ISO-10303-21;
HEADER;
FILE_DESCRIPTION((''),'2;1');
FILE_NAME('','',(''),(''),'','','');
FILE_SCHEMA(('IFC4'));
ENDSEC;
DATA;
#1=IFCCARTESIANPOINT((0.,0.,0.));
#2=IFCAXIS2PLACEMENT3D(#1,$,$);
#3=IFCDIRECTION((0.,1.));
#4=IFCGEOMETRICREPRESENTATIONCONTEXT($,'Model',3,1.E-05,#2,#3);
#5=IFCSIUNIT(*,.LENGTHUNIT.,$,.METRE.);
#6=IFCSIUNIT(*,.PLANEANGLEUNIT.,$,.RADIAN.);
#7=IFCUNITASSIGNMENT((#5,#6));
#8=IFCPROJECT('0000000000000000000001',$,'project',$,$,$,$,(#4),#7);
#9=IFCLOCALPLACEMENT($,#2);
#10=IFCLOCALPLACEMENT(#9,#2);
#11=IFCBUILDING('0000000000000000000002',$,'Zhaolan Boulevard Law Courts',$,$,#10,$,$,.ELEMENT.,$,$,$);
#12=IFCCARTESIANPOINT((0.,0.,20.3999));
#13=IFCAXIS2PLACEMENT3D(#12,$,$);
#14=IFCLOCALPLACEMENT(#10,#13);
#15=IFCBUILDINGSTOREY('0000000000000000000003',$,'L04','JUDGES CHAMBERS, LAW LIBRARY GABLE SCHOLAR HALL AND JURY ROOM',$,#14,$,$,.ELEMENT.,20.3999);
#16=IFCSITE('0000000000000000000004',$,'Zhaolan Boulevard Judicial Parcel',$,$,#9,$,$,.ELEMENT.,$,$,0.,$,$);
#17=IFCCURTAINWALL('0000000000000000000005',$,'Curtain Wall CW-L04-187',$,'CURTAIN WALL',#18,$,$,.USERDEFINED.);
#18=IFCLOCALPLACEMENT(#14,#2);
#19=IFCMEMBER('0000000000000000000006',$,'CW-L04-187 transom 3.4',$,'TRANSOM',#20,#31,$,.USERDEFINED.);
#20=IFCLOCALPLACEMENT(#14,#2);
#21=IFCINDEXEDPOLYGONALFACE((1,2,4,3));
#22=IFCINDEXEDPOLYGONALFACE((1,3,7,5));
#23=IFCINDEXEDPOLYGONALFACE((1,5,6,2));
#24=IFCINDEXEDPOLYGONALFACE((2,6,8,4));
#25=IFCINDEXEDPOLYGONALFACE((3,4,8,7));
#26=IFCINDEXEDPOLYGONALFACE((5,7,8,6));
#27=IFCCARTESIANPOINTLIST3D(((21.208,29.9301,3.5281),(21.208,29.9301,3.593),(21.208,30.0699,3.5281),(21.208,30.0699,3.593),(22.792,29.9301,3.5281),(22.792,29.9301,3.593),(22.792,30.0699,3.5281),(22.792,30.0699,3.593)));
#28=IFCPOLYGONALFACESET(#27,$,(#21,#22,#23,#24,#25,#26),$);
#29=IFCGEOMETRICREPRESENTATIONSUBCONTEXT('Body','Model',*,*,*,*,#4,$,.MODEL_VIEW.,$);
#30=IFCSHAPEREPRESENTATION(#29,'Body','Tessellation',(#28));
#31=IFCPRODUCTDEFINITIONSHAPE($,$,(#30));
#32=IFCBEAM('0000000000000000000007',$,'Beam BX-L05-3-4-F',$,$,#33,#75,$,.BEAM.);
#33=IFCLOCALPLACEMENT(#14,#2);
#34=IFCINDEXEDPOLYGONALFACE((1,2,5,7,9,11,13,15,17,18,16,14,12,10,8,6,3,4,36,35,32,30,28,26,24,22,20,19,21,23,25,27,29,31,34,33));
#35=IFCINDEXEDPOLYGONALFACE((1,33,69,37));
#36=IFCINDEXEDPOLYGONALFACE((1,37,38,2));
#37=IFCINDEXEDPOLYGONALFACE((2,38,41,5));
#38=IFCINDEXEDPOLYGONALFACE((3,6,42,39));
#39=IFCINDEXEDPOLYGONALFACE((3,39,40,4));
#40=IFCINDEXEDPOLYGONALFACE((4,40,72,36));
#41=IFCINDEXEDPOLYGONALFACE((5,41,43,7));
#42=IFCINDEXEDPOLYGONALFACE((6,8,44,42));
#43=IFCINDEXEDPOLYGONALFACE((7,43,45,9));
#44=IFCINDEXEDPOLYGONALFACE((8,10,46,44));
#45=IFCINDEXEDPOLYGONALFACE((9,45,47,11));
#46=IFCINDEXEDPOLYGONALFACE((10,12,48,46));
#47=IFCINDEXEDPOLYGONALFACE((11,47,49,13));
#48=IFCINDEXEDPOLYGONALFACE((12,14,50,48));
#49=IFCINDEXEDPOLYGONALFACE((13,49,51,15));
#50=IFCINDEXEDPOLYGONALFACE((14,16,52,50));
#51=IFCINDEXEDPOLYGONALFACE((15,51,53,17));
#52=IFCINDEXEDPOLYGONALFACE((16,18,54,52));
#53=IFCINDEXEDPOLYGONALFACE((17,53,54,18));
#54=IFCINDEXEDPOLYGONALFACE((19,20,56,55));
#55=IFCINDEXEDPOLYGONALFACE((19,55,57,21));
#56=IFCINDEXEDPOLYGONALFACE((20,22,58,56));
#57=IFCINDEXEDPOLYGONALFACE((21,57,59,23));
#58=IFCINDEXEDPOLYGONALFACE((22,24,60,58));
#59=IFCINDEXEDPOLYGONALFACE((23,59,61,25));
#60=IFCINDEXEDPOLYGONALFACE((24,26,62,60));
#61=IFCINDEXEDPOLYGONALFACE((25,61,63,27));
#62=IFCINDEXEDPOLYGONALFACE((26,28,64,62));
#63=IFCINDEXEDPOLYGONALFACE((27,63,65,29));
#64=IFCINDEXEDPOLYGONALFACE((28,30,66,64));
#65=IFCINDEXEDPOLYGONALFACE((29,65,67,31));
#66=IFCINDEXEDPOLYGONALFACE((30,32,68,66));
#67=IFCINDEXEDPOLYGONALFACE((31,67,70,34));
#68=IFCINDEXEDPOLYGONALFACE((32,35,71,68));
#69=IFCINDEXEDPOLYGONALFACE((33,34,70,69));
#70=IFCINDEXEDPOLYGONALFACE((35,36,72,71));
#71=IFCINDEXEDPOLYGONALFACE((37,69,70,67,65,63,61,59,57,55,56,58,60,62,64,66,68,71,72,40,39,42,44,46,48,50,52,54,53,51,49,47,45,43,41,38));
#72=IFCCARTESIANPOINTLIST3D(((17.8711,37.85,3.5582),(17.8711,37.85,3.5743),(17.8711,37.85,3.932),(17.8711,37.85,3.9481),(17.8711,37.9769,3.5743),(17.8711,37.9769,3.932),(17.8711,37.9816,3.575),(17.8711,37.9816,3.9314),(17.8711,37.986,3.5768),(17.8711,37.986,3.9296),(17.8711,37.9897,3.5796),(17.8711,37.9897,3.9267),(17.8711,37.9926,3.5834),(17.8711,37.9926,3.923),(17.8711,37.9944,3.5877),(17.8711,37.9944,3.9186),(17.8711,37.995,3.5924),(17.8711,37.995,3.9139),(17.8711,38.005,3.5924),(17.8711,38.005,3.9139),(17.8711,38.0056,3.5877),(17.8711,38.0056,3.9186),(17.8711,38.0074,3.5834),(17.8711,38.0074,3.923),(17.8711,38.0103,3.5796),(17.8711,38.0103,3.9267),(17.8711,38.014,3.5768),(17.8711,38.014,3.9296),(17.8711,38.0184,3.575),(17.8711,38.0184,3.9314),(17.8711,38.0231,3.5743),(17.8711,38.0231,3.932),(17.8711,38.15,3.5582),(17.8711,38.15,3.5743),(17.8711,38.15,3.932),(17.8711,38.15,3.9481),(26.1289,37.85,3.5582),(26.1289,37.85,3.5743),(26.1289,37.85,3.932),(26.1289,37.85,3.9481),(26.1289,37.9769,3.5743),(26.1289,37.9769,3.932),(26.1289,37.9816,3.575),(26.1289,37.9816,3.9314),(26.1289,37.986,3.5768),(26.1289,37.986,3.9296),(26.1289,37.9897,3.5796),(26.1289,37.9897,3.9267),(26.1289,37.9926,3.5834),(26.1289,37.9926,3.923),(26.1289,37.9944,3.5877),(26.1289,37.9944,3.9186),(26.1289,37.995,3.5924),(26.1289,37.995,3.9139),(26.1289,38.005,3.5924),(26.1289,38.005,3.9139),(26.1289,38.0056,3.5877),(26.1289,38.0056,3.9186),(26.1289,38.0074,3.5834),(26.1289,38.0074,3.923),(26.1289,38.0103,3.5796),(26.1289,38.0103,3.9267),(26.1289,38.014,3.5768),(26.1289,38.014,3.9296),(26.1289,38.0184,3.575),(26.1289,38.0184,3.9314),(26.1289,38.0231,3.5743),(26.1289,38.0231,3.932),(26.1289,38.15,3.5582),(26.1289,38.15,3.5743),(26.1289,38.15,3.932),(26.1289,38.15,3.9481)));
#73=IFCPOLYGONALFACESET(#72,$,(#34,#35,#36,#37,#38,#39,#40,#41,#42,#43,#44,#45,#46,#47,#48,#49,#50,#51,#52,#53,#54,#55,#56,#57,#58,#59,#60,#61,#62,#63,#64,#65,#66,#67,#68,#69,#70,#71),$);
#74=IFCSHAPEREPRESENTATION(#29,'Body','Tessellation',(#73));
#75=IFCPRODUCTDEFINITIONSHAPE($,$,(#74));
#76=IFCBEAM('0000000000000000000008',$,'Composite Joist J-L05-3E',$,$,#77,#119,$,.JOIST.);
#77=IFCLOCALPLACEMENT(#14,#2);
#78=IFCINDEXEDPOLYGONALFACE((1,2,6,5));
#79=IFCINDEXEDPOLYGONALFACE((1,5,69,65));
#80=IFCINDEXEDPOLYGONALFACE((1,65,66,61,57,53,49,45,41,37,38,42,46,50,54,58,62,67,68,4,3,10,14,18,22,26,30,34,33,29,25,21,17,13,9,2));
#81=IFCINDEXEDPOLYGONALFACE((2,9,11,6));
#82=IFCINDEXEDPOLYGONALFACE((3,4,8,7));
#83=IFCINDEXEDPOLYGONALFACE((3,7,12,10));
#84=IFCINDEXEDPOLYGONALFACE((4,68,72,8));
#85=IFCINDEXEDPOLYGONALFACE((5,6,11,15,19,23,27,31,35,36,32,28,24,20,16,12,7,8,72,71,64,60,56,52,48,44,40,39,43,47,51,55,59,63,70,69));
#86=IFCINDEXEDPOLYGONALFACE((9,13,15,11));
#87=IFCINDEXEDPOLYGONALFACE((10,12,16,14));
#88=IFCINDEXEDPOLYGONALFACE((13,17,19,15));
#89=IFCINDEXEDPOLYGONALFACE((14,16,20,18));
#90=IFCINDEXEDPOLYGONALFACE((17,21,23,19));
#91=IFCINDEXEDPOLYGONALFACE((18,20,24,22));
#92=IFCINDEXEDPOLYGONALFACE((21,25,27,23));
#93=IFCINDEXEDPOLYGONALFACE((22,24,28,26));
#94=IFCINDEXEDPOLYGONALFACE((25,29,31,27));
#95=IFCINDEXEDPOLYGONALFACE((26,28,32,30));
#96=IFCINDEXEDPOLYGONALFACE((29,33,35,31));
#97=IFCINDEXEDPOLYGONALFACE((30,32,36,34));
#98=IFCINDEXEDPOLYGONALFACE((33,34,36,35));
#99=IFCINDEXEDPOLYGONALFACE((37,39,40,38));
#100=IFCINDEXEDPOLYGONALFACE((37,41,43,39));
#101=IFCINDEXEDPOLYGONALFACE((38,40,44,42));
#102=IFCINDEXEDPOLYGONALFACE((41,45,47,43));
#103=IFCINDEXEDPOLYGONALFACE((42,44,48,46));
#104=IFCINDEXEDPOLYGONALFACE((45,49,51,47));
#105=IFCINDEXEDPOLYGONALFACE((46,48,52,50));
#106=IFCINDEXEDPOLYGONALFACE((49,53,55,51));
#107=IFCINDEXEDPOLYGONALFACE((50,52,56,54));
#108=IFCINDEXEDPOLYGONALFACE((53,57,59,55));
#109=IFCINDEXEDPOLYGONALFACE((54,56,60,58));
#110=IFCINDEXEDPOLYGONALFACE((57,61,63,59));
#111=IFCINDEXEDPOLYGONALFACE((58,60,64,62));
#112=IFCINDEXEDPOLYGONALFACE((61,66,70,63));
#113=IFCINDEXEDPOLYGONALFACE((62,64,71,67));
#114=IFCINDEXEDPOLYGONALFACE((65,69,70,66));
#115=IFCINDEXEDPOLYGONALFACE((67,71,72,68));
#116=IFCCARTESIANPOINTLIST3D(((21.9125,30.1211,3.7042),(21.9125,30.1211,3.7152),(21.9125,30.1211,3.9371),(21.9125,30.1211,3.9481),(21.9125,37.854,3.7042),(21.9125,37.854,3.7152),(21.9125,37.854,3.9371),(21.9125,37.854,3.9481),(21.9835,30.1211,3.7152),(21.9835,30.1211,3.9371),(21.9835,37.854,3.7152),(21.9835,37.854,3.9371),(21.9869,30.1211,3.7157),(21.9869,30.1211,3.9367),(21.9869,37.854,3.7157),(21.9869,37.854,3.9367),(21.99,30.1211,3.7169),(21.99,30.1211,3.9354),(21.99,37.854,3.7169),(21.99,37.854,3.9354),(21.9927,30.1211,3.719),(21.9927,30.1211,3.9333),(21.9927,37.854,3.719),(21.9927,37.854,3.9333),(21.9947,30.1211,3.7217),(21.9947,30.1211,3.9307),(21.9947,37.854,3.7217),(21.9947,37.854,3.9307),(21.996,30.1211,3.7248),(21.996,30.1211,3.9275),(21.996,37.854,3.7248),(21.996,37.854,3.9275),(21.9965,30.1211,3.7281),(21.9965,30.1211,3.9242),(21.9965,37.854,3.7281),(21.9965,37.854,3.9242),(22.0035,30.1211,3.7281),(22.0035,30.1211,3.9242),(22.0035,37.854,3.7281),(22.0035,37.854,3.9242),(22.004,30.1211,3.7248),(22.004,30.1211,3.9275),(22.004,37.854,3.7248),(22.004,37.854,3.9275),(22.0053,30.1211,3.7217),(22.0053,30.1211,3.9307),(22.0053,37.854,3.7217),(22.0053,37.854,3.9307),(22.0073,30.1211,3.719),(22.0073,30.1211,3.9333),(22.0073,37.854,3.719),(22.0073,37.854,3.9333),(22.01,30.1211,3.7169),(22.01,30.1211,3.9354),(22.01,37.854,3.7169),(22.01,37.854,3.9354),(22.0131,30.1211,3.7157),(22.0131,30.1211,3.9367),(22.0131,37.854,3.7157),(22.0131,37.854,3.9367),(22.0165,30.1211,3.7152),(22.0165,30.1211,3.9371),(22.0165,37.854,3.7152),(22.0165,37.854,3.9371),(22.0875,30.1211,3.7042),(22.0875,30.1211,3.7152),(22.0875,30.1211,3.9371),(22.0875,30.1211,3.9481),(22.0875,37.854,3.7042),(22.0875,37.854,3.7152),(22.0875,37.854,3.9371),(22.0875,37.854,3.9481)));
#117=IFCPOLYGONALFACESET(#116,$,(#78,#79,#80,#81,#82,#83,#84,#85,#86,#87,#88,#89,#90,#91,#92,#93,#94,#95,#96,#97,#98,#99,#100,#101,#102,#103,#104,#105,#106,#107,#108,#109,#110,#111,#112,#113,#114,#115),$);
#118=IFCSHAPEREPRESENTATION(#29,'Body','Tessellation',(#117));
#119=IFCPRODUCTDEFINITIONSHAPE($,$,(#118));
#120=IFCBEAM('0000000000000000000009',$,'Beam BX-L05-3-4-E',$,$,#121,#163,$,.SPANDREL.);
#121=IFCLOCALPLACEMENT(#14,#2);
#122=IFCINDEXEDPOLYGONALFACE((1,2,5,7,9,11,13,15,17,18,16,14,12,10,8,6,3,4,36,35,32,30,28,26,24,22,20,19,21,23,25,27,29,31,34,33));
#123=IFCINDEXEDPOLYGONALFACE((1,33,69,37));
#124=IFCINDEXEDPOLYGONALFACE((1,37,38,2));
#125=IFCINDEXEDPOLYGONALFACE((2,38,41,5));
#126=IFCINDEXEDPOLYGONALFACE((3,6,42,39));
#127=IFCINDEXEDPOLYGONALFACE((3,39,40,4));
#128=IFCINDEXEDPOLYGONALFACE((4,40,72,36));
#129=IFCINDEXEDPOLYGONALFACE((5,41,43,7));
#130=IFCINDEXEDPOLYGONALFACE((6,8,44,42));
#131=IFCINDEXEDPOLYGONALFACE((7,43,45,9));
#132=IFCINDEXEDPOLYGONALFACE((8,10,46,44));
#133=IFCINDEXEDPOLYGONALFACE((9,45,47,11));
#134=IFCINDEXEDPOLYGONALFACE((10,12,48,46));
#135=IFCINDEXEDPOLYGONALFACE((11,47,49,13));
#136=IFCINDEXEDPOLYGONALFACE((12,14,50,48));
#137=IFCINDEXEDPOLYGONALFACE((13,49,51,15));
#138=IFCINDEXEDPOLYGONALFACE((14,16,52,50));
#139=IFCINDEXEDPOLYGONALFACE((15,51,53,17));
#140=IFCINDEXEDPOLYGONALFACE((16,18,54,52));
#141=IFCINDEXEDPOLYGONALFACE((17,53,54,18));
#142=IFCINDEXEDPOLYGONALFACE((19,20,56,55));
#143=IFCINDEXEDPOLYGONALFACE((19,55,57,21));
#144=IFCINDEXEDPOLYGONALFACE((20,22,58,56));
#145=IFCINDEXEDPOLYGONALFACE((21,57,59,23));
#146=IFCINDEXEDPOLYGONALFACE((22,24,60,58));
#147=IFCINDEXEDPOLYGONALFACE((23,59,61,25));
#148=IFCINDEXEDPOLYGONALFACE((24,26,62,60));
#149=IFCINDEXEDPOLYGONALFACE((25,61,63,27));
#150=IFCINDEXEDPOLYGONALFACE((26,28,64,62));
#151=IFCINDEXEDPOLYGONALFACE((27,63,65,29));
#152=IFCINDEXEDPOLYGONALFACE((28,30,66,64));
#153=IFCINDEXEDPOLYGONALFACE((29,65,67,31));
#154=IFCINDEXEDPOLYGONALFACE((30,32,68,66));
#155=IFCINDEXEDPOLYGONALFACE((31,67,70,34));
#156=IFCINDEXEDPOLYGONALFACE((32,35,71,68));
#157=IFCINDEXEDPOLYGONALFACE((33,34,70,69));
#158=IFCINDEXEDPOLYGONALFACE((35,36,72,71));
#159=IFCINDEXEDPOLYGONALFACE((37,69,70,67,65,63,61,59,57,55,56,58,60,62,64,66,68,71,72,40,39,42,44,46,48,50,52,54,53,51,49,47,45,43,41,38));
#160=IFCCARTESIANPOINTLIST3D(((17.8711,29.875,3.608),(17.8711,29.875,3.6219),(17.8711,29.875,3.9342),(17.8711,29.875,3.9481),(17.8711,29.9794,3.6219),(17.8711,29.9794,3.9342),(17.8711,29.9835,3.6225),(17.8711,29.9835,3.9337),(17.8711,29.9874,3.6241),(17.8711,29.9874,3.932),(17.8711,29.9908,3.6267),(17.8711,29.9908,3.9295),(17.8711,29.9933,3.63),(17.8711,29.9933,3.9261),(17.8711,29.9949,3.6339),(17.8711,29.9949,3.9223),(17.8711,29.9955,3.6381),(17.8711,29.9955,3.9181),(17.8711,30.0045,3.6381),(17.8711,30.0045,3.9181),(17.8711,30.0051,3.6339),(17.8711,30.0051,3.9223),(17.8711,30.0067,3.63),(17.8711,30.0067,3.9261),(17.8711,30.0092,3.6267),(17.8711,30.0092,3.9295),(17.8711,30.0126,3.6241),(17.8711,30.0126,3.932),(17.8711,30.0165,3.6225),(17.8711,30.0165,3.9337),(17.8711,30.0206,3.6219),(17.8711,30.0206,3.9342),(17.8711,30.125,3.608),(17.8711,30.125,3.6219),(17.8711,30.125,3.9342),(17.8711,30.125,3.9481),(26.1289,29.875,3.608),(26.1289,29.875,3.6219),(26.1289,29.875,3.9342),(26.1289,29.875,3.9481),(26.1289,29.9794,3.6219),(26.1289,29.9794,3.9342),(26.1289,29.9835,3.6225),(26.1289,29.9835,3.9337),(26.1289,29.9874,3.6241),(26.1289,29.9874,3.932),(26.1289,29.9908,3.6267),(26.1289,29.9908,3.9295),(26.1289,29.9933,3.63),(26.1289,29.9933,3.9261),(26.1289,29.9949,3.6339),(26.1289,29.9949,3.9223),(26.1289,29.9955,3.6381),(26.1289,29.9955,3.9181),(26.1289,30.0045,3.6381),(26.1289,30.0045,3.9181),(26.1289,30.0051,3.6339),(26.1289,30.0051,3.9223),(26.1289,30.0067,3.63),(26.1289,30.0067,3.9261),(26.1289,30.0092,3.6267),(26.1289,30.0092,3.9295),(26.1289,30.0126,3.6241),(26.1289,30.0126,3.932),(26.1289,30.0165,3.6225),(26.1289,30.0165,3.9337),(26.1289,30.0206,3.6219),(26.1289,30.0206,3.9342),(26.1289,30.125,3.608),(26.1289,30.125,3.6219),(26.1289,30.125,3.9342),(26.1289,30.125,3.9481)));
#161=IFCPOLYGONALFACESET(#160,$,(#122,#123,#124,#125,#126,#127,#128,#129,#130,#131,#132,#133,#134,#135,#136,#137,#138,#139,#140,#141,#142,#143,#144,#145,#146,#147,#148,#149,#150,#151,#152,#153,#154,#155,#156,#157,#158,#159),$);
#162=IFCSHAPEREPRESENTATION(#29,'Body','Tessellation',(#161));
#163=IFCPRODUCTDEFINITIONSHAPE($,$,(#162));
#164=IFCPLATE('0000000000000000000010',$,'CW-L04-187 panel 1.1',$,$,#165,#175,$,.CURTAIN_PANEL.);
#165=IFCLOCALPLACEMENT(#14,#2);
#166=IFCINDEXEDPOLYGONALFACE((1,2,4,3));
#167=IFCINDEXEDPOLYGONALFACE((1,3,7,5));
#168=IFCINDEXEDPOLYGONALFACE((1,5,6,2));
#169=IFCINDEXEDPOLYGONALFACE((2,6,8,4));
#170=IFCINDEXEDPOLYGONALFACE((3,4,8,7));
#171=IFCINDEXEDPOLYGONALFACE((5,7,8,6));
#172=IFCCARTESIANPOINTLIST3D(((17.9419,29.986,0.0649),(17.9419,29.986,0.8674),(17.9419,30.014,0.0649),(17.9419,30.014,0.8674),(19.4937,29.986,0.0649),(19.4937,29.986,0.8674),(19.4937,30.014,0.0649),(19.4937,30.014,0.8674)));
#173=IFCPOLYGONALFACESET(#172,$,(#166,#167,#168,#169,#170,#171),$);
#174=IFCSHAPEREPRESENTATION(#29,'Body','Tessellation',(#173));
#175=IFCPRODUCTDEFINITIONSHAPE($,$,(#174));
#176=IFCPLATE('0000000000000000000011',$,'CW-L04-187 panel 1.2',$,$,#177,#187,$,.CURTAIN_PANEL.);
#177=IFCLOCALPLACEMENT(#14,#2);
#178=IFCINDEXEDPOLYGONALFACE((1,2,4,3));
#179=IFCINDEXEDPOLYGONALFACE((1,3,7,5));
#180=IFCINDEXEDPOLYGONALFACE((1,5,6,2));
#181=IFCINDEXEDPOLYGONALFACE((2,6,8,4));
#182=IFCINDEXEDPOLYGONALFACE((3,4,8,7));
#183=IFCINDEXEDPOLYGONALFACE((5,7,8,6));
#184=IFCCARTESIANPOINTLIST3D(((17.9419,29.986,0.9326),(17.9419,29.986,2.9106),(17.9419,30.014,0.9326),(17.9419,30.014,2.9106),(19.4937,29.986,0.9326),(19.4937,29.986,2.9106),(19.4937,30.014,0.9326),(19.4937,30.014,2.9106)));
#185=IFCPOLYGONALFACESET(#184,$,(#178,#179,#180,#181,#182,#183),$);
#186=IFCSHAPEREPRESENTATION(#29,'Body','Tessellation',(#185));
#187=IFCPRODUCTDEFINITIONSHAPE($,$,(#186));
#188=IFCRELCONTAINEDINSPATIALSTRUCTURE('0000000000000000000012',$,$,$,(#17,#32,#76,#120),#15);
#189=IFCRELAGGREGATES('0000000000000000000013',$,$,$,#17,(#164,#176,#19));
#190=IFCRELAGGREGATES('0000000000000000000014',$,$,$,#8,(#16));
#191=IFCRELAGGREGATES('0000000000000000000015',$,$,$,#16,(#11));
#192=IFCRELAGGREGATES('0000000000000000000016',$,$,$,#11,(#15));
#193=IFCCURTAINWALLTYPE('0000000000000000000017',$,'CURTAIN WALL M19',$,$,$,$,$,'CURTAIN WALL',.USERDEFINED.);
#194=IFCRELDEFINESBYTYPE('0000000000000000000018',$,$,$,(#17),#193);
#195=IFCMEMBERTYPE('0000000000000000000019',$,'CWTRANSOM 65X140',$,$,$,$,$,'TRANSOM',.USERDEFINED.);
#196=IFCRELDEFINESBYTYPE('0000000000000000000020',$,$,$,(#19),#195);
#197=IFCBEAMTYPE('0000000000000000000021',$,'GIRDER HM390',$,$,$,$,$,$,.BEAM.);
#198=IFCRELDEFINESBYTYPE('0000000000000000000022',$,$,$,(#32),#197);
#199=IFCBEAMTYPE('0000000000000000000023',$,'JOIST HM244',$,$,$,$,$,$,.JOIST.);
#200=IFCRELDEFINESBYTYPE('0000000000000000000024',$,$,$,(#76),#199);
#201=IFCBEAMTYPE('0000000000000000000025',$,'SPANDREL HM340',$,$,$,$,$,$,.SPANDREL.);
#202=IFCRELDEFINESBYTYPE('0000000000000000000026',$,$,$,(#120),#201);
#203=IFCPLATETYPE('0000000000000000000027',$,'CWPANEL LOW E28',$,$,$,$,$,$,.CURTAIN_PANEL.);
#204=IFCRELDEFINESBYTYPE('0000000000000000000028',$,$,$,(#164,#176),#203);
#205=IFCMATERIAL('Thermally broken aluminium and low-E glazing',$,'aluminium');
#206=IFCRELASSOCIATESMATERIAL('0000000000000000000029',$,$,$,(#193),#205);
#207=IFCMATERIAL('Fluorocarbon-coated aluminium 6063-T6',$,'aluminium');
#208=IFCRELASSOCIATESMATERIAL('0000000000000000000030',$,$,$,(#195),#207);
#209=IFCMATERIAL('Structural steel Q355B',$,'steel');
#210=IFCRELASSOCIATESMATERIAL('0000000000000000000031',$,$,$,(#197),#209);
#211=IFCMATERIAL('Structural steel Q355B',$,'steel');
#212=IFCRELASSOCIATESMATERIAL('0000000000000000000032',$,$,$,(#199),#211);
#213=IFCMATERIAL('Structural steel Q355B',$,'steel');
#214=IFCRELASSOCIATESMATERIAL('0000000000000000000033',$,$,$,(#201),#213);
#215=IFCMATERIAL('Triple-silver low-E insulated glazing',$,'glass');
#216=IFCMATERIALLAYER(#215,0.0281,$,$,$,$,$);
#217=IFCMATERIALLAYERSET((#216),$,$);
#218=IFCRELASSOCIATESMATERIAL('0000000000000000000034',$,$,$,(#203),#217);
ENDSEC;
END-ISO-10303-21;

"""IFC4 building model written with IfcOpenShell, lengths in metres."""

from ifc_helpers import new_model, si_unit, direction, frame, origin, origin_2d, place, context, subcontext, project, spatial, rectangle, i_section, extrude, material, layer, layer_set, material_profile, profile_set, type_object, element, aggregate, save


model = new_model("IFC4")

# Units and contexts
model_context = context("Model", 3, precision=1e-05, world=origin(), true_north=direction((0.0, 1.0)))
body_context = subcontext(model_context, "Body", "Model", "MODEL_VIEW")
ifc_project = project(units=[si_unit("LENGTHUNIT", "METRE"), si_unit("PLANEANGLEUNIT", "RADIAN")], contexts=[model_context])

# Site, building, storey
site_placement = place(None, origin())
site = spatial("IfcSite", under=ifc_project, at=site_placement, Name="Zhaolan Boulevard Judicial Parcel", CompositionType="ELEMENT", RefElevation=0.0)
building_placement = place(site_placement, origin())
building = spatial("IfcBuilding", under=site, at=building_placement, Name="Zhaolan Boulevard Law Courts", CompositionType="ELEMENT")
storey_placement = place(building_placement, frame((0.0, 0.0, 20.3999)))
storey = spatial("IfcBuildingStorey", under=building, at=storey_placement, Name="L04", Description="JUDGES CHAMBERS, LAW LIBRARY GABLE SCHOLAR HALL AND JURY ROOM", CompositionType="ELEMENT", Elevation=20.3999)

# Curtain wall, member
ifc_material_1 = material(Name="Thermally broken aluminium and low-E glazing", Category="aluminium")
curtain_wall_type = type_object("IfcCurtainWallType", Name="CURTAIN WALL M19", ElementType="CURTAIN WALL", PredefinedType="USERDEFINED", material=ifc_material_1)
curtain_wall_placement = place(storey_placement, origin())
curtain_wall = element("IfcCurtainWall", 1, at=curtain_wall_placement, inside=storey, type_object=curtain_wall_type, Name="Curtain Wall CW-L04-187", ObjectType="CURTAIN WALL", PredefinedType="USERDEFINED")
ifc_material_2 = material(Name="Fluorocarbon-coated aluminium 6063-T6", Category="aluminium")
ifc_material_profile_1 = material_profile(ifc_material_2, rectangle(XDim=0.1399, YDim=0.0649, at=origin_2d()), Name="AL65x140")
ifc_profile_set_1 = profile_set([ifc_material_profile_1], Name="Fluorocarbon-coated aluminium 6063-T6")
member_type_1 = type_object("IfcMemberType", Name="CWTRANSOM 65X140", ElementType="TRANSOM", PredefinedType="USERDEFINED", material=ifc_profile_set_1)
member_1_placement = place(storey_placement, frame((21.208, 30.0, 3.5605), z_axis=(1.0, 0.0, 0.0), x_axis=(0.0, 1.0, 0.0)))
member_1 = element("IfcMember", 2, at=member_1_placement, type_object=member_type_1, Name="CW-L04-187 transom 3.4", ObjectType="TRANSOM", PredefinedType="USERDEFINED", context=body_context, shape_type="SweptSolid", body=[
    extrude(rectangle(XDim=0.1399, YDim=0.0649, at=origin_2d()), origin(), (0.0, 0.0, 1.0), 1.584),
])

# Beams
ifc_material_3 = material(Name="Structural steel Q355B", Category="steel")
ifc_material_profile_2 = material_profile(ifc_material_3, i_section(OverallWidth=0.3, OverallDepth=0.3899, WebThickness=0.01, FlangeThickness=0.0161, FilletRadius=0.0181, at=origin_2d()), Name="HM390x300")
ifc_profile_set_2 = profile_set([ifc_material_profile_2], Name="Structural steel Q355B")
beam_type_1 = type_object("IfcBeamType", Name="GIRDER HM390", PredefinedType="BEAM", material=ifc_profile_set_2)
beam_1_placement = place(storey_placement, frame((17.8711, 38.0, 3.7532), z_axis=(1.0, 0.0, 0.0), x_axis=(0.0, 1.0, 0.0)))
element("IfcBeam", 3, at=beam_1_placement, inside=storey, type_object=beam_type_1, Name="Beam BX-L05-3-4-F", PredefinedType="BEAM", context=body_context, shape_type="SweptSolid", body=[
    extrude(i_section(OverallWidth=0.3, OverallDepth=0.3899, WebThickness=0.01, FlangeThickness=0.0161, FilletRadius=0.0181, at=origin_2d()), origin(), (0.0, 0.0, 1.0), 8.2578),
])
ifc_material_4 = material(Name="Structural steel Q355B", Category="steel")
ifc_material_profile_3 = material_profile(ifc_material_4, i_section(OverallWidth=0.175, OverallDepth=0.2439, WebThickness=0.0071, FlangeThickness=0.011, FilletRadius=0.0129, at=origin_2d()), Name="HM244x175")
ifc_profile_set_3 = profile_set([ifc_material_profile_3], Name="Structural steel Q355B")
beam_type_2 = type_object("IfcBeamType", Name="JOIST HM244", PredefinedType="JOIST", material=ifc_profile_set_3)
beam_2_placement = place(storey_placement, frame((22.0, 30.1211, 3.8262), z_axis=(0.0, 1.0, 0.0), x_axis=(-1.0, 0.0, 0.0)))
element("IfcBeam", 4, at=beam_2_placement, inside=storey, type_object=beam_type_2, Name="Composite Joist J-L05-3E", PredefinedType="JOIST", context=body_context, shape_type="SweptSolid", body=[
    extrude(i_section(OverallWidth=0.175, OverallDepth=0.2439, WebThickness=0.0071, FlangeThickness=0.011, FilletRadius=0.0129, at=origin_2d()), origin(), (0.0, 0.0, 1.0), 7.7329),
])
ifc_material_5 = material(Name="Structural steel Q355B", Category="steel")
ifc_material_profile_4 = material_profile(ifc_material_5, i_section(OverallWidth=0.25, OverallDepth=0.3401, WebThickness=0.009, FlangeThickness=0.0139, FilletRadius=0.0161, at=origin_2d()), Name="HM340x250")
ifc_profile_set_4 = profile_set([ifc_material_profile_4], Name="Structural steel Q355B")
beam_type_3 = type_object("IfcBeamType", Name="SPANDREL HM340", PredefinedType="SPANDREL", material=ifc_profile_set_4)
beam_3_placement = place(storey_placement, frame((17.8711, 30.0, 3.7781), z_axis=(1.0, 0.0, 0.0), x_axis=(0.0, 1.0, 0.0)))
element("IfcBeam", 5, at=beam_3_placement, inside=storey, type_object=beam_type_3, Name="Beam BX-L05-3-4-E", PredefinedType="SPANDREL", context=body_context, shape_type="SweptSolid", body=[
    extrude(i_section(OverallWidth=0.25, OverallDepth=0.3401, WebThickness=0.009, FlangeThickness=0.0139, FilletRadius=0.0161, at=origin_2d()), origin(), (0.0, 0.0, 1.0), 8.2578),
])

# Plates
ifc_material_6 = material(Name="Triple-silver low-E insulated glazing", Category="glass")
ifc_layer_1 = layer(ifc_material_6, 0.0281)
ifc_layer_set_1 = layer_set([ifc_layer_1])
plate_type_1 = type_object("IfcPlateType", Name="CWPANEL LOW E28", PredefinedType="CURTAIN_PANEL", material=ifc_layer_set_1)
plate_1_placement = place(storey_placement, frame((18.7178, 30.0, 0.0649), z_axis=(0.0, 0.0, 1.0), x_axis=(1.0, 0.0, 0.0)))
plate_1 = element("IfcPlate", 6, at=plate_1_placement, type_object=plate_type_1, Name="CW-L04-187 panel 1.1", PredefinedType="CURTAIN_PANEL", context=body_context, shape_type="SweptSolid", body=[
    extrude(rectangle(XDim=1.5518, YDim=0.0281, at=origin_2d()), origin(), (0.0, 0.0, 1.0), 0.8025),
])
plate_2_placement = place(storey_placement, frame((18.7178, 30.0, 0.9326), z_axis=(0.0, 0.0, 1.0), x_axis=(1.0, 0.0, 0.0)))
plate_2 = element("IfcPlate", 7, at=plate_2_placement, type_object=plate_type_1, Name="CW-L04-187 panel 1.2", PredefinedType="CURTAIN_PANEL", context=body_context, shape_type="SweptSolid", body=[
    extrude(rectangle(XDim=1.5518, YDim=0.0281, at=origin_2d()), origin(), (0.0, 0.0, 1.0), 1.978),
])
aggregate(curtain_wall, [plate_1, plate_2, member_1])

save(model, "model.ifc")
